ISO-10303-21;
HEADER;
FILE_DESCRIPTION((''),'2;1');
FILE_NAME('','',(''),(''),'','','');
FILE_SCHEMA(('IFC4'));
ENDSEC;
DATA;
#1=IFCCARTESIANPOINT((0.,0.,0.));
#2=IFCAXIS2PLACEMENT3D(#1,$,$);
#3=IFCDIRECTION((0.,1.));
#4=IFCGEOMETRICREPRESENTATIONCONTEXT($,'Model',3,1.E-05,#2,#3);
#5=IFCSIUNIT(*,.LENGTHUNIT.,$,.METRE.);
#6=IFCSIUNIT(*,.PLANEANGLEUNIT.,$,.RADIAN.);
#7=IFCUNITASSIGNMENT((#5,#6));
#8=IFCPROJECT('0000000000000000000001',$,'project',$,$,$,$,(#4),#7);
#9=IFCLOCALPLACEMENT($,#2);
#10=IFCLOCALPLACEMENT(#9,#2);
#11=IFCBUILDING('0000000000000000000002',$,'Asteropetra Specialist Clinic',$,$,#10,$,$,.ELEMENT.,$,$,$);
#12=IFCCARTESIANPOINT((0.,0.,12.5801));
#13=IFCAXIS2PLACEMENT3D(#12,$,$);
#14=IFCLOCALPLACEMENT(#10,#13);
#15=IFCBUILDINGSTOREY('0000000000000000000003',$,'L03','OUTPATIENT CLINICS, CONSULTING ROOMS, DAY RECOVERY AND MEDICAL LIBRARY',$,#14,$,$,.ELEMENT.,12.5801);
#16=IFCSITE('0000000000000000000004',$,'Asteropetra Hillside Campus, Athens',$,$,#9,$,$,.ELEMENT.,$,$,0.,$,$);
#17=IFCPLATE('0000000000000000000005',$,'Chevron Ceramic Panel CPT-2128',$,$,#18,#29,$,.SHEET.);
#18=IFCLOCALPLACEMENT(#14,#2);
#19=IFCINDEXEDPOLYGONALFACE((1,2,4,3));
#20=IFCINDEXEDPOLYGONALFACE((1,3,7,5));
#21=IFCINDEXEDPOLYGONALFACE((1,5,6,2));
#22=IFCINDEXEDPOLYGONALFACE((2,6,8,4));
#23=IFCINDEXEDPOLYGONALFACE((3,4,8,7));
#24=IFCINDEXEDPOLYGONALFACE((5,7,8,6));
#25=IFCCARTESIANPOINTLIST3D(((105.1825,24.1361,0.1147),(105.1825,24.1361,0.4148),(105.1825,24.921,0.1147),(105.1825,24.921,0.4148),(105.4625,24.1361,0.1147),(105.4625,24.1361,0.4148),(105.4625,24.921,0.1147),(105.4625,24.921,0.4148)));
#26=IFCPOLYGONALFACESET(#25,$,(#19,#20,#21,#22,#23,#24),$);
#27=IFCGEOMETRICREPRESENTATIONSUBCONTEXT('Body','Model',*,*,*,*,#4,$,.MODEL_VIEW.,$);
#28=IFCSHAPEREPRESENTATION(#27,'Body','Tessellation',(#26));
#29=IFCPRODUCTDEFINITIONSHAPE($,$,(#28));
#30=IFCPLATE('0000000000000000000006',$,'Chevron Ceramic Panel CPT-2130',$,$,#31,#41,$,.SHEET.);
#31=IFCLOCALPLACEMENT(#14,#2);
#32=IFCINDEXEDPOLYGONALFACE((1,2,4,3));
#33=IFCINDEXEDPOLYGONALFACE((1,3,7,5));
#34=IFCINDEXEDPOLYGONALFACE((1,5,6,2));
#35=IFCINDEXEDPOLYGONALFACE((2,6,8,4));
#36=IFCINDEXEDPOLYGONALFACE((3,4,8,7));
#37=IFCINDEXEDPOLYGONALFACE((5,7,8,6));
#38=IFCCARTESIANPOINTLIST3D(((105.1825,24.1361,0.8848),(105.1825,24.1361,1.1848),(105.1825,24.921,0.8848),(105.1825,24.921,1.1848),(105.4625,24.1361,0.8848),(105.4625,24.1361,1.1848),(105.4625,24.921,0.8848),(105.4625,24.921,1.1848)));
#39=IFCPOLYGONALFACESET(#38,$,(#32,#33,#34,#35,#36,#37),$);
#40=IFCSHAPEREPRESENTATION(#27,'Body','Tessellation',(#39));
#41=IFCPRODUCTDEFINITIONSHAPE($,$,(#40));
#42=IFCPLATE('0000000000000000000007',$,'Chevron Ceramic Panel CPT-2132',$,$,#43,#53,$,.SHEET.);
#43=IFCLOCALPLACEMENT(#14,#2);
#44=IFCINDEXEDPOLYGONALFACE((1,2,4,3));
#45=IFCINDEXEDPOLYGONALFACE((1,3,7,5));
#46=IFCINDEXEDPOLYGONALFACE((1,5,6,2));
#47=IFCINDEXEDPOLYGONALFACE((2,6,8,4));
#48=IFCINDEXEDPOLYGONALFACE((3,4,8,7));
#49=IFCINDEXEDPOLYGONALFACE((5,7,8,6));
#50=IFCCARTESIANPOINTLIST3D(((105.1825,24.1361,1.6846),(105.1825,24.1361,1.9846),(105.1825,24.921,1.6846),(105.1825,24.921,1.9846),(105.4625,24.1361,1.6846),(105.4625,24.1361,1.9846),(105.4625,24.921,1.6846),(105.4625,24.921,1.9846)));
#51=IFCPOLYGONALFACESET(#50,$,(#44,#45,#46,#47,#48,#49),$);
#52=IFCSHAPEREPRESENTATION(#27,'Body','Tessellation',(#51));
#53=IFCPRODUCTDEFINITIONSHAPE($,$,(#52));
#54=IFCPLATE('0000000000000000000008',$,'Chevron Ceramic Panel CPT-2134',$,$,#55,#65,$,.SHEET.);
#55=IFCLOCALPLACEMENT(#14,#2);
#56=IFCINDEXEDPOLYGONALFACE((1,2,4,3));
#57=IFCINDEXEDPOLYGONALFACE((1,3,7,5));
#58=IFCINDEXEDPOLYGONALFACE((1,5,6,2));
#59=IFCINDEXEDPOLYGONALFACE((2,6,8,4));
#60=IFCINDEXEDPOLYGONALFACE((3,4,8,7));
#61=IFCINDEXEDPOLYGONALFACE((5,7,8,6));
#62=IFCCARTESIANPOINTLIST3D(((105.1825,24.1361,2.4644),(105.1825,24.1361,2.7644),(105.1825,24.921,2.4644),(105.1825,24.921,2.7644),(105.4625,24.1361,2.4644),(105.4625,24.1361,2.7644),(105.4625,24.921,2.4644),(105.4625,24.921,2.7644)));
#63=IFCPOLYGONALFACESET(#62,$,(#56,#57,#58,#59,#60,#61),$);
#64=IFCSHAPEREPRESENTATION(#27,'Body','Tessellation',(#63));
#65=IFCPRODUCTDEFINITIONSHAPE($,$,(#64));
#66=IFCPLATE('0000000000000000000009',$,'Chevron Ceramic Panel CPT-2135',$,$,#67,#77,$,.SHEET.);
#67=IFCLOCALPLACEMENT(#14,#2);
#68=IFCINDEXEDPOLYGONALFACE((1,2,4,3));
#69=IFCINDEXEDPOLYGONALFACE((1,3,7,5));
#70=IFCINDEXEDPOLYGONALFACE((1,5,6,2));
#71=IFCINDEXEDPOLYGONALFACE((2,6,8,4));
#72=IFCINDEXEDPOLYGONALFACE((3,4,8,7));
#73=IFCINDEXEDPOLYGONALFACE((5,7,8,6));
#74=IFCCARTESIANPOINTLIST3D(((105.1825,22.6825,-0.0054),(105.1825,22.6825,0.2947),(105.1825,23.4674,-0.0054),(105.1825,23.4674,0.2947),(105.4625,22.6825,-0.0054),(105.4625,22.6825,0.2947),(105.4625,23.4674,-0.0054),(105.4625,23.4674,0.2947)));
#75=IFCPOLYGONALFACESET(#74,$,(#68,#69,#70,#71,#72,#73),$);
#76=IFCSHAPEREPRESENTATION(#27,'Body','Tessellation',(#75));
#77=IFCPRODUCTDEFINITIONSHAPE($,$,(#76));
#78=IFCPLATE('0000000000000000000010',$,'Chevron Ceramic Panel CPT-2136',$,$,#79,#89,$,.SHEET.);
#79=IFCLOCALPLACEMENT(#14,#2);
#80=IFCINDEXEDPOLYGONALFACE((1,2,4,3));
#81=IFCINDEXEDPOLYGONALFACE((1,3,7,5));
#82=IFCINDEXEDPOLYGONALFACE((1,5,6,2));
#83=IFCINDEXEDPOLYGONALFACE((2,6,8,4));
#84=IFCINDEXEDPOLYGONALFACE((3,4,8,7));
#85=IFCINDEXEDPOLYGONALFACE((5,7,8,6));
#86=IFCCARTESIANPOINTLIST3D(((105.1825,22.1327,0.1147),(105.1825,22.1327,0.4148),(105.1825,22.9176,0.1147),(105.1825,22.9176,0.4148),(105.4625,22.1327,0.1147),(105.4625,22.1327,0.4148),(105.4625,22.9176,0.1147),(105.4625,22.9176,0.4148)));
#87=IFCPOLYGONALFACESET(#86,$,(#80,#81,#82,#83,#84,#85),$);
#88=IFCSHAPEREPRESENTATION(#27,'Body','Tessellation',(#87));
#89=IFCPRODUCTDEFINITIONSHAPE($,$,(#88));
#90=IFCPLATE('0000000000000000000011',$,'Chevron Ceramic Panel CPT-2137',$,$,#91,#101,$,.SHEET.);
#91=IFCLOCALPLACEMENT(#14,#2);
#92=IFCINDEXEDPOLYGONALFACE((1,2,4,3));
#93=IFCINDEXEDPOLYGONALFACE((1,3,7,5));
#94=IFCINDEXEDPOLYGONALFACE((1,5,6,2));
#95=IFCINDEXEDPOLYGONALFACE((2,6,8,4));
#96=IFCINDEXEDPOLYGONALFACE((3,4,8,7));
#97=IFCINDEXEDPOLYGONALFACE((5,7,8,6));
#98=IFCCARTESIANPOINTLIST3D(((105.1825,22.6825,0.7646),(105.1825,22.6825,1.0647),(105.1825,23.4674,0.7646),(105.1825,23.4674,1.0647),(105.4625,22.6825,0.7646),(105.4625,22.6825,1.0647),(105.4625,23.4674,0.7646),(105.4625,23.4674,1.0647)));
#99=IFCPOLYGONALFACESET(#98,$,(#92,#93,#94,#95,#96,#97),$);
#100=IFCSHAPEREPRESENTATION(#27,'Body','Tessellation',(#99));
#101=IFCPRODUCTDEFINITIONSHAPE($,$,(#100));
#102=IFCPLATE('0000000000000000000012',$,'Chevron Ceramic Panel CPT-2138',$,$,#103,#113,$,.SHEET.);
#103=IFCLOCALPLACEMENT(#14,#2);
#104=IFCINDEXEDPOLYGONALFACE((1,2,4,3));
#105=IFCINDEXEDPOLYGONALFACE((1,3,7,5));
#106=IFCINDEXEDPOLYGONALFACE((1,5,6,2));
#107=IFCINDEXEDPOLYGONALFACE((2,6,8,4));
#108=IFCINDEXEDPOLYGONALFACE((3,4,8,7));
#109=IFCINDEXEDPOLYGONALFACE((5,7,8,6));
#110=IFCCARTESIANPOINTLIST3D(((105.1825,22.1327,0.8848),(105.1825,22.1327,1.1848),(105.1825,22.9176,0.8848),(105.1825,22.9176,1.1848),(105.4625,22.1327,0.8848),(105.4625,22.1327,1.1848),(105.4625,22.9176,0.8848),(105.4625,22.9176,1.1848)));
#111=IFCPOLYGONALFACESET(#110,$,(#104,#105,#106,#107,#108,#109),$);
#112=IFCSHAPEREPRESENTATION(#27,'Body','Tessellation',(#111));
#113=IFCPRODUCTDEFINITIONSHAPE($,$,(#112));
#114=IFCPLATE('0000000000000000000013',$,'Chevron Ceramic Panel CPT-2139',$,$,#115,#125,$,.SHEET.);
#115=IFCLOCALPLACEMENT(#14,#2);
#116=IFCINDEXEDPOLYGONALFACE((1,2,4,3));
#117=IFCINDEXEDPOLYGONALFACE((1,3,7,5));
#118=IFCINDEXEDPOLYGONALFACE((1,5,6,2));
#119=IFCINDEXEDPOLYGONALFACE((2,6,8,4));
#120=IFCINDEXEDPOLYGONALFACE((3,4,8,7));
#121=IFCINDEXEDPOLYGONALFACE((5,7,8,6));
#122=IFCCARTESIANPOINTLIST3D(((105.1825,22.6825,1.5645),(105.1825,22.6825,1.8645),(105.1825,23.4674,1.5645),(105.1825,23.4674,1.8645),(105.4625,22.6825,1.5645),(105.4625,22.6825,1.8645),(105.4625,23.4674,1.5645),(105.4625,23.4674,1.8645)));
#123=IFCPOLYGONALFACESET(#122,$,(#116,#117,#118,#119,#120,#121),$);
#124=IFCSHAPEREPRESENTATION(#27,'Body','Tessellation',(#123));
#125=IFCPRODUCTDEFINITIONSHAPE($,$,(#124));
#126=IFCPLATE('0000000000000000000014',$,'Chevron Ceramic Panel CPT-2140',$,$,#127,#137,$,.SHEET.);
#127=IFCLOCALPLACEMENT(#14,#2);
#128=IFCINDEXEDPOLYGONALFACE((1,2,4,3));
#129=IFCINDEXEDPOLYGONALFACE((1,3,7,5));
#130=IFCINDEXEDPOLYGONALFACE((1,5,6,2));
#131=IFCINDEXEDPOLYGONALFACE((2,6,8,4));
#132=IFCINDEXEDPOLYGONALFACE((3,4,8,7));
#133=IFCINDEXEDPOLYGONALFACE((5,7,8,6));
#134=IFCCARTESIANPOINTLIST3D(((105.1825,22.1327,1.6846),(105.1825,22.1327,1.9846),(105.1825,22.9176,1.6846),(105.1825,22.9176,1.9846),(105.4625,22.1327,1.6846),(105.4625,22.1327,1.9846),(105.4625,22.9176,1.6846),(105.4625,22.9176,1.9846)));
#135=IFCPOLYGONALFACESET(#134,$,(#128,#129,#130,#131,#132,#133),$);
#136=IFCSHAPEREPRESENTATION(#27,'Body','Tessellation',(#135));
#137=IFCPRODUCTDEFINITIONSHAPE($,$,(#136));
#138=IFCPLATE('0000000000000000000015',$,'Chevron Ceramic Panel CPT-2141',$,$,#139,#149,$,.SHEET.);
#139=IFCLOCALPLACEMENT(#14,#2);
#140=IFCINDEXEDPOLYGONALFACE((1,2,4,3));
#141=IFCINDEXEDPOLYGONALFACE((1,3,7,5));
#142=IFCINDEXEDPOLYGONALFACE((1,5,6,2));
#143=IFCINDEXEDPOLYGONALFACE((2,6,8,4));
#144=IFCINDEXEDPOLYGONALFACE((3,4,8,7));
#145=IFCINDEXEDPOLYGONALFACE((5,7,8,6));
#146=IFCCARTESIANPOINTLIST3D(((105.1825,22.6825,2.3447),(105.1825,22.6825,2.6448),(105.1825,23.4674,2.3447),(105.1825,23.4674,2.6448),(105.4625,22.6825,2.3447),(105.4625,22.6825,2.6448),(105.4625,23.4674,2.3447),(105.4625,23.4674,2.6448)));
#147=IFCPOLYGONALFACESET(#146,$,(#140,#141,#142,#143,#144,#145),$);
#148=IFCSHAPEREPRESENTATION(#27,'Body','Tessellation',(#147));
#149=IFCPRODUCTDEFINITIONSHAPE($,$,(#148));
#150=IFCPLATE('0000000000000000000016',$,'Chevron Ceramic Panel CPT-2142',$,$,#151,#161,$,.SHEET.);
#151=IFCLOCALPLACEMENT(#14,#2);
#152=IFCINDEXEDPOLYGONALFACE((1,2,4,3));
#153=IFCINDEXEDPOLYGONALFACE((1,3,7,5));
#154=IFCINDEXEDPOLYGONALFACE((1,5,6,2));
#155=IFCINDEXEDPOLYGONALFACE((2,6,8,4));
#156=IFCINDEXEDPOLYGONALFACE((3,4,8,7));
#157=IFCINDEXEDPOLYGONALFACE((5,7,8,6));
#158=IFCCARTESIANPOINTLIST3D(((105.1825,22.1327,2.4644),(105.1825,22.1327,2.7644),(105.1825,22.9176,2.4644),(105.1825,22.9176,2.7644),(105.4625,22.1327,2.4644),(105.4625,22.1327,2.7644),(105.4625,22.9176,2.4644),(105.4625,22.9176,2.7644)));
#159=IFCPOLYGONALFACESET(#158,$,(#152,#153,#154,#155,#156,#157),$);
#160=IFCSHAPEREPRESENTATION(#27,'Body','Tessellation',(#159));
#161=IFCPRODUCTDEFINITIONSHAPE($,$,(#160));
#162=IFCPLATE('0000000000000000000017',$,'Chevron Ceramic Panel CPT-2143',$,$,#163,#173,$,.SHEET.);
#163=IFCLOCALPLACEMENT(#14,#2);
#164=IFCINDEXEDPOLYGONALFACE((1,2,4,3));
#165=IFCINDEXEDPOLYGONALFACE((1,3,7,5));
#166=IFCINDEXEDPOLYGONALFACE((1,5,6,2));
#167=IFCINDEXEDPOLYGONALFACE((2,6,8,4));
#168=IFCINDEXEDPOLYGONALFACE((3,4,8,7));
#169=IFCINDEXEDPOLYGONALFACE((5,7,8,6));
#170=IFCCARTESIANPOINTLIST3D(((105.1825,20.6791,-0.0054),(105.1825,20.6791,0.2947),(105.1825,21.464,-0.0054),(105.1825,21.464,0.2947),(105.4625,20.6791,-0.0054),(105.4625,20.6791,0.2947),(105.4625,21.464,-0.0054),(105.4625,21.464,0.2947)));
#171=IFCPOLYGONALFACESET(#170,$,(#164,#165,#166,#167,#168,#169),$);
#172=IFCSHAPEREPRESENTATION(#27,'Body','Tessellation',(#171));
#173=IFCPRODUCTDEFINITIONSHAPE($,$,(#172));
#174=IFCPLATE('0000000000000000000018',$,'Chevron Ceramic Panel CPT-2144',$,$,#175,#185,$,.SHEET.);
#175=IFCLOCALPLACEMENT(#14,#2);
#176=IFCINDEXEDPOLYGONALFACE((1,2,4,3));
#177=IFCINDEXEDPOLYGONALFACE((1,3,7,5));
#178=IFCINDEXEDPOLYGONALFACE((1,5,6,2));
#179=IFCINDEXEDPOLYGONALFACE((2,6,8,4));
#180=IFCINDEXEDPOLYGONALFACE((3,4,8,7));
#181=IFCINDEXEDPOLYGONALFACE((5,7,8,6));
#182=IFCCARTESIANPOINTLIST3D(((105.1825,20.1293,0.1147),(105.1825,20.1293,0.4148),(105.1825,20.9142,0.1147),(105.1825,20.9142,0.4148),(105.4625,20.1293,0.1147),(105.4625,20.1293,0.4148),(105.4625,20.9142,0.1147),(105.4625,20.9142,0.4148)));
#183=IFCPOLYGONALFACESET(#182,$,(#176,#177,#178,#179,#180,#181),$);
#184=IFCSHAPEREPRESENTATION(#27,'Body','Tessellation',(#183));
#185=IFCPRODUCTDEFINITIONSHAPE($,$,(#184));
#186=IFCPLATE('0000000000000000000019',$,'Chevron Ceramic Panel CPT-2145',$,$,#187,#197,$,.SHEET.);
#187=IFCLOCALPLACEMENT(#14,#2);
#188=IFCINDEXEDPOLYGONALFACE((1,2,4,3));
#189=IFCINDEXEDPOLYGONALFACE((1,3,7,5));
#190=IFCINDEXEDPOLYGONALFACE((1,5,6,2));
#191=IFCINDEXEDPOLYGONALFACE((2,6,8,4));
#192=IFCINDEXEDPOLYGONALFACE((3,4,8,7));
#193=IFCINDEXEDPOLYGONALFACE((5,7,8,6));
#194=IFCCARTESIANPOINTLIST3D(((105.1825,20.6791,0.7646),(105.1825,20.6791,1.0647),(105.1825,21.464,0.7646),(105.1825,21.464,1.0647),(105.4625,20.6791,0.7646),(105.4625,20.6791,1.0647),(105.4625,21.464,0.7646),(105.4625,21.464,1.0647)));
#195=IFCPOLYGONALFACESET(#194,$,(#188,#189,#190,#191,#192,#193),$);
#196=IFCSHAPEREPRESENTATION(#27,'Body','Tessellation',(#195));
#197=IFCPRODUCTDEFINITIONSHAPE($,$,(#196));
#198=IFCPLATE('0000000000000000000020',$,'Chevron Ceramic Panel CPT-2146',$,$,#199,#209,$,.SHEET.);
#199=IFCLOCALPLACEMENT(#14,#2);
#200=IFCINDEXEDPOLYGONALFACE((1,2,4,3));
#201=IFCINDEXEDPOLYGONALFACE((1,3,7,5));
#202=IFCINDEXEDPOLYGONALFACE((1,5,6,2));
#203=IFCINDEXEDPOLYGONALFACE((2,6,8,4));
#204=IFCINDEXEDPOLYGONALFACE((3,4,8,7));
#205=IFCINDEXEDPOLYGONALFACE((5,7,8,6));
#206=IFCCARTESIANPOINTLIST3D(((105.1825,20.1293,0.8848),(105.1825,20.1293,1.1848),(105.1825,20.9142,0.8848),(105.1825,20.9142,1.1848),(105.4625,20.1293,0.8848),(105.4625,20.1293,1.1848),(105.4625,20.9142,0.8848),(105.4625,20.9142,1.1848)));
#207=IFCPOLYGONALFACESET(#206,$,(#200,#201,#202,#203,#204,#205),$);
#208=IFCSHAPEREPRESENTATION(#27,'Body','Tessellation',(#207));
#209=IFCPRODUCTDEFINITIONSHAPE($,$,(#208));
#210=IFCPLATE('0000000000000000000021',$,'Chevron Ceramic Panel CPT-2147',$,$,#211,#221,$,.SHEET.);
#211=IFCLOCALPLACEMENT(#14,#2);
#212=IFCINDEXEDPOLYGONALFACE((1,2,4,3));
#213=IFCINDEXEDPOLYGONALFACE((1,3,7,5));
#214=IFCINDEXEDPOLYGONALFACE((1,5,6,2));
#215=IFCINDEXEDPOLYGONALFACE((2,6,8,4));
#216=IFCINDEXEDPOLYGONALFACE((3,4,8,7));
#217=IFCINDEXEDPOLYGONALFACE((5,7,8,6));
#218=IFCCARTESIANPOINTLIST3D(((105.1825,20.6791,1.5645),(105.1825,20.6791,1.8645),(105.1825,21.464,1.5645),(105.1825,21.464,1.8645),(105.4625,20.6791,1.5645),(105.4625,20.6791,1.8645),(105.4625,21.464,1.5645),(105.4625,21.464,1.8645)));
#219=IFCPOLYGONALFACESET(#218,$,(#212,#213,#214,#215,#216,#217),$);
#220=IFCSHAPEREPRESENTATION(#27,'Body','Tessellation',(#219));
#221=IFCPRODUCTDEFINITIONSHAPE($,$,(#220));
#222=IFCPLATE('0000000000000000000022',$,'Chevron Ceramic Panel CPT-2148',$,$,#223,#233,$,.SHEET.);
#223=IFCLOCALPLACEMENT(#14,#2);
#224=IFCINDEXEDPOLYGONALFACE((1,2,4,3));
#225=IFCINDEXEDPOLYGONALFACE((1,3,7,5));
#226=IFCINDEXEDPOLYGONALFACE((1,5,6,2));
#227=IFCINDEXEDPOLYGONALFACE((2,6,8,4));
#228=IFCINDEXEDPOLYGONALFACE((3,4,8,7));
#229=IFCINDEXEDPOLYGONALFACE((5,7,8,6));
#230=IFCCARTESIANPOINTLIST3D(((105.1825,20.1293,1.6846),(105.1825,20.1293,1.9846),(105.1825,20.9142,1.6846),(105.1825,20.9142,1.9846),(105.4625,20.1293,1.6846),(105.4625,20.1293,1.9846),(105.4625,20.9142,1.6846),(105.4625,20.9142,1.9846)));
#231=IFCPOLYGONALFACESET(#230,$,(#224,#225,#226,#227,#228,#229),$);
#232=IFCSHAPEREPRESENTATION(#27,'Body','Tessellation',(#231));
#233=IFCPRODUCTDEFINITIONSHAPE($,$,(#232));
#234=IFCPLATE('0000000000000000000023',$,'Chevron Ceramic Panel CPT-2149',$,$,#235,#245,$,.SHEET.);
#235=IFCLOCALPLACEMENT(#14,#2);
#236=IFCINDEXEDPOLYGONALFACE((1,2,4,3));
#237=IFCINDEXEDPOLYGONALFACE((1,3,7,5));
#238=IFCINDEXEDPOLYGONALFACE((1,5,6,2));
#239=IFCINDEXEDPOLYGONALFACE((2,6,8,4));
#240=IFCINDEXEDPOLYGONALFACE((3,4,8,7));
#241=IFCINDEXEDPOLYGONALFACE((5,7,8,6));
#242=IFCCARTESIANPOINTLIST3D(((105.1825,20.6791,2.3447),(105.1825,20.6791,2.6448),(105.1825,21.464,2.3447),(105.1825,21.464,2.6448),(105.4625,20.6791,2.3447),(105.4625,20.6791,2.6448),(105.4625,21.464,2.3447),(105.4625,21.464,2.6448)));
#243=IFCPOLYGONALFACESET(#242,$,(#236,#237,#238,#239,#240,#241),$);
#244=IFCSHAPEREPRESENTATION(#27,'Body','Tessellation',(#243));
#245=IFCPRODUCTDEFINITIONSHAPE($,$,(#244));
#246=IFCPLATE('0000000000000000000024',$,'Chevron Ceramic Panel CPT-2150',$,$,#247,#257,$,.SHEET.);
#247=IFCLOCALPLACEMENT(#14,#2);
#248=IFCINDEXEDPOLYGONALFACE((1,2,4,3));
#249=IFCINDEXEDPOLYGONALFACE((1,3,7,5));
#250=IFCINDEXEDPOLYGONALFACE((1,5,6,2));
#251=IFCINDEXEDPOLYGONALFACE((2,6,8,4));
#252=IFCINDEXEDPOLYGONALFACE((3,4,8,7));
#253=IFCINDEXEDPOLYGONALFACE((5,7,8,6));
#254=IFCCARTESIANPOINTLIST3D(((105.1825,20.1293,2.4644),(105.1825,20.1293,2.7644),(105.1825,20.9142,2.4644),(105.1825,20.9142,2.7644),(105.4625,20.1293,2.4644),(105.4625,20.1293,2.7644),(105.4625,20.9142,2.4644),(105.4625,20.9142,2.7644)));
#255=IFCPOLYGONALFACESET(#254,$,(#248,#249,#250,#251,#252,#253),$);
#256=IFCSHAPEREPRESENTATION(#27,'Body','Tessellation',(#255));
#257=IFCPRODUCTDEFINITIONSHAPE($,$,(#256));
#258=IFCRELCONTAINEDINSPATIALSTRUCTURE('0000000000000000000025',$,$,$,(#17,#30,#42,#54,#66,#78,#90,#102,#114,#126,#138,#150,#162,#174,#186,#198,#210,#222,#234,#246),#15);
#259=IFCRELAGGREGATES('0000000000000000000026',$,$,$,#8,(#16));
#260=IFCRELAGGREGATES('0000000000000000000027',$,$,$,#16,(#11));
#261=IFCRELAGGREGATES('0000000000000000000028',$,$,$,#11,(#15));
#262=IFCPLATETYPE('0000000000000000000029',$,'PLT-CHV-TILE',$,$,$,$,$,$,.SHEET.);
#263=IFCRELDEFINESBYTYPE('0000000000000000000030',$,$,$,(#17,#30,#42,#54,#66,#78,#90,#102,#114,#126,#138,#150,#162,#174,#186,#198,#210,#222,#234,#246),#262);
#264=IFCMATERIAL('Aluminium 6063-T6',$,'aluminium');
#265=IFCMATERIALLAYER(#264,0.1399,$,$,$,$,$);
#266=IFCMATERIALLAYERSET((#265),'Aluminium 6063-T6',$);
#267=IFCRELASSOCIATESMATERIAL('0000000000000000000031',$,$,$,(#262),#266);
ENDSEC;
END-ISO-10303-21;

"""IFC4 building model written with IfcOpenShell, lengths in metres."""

from ifc_helpers import new_model, si_unit, direction, frame, origin, origin_2d, place, context, subcontext, project, spatial, rectangle, extrude, material, layer, layer_set, type_object, element, save


model = new_model("IFC4")

# Units and contexts
model_context = context("Model", 3, precision=1e-05, world=origin(), true_north=direction((0.0, 1.0)))
body_context = subcontext(model_context, "Body", "Model", "MODEL_VIEW")
ifc_project = project(units=[si_unit("LENGTHUNIT", "METRE"), si_unit("PLANEANGLEUNIT", "RADIAN")], contexts=[model_context])

# Site, building, storey
site_placement = place(None, origin())
site = spatial("IfcSite", under=ifc_project, at=site_placement, Name="Asteropetra Hillside Campus, Athens", CompositionType="ELEMENT", RefElevation=0.0)
building_placement = place(site_placement, origin())
building = spatial("IfcBuilding", under=site, at=building_placement, Name="Asteropetra Specialist Clinic", CompositionType="ELEMENT")
storey_placement = place(building_placement, frame((0.0, 0.0, 12.5801)))
storey = spatial("IfcBuildingStorey", under=building, at=storey_placement, Name="L03", Description="OUTPATIENT CLINICS, CONSULTING ROOMS, DAY RECOVERY AND MEDICAL LIBRARY", CompositionType="ELEMENT", Elevation=12.5801)

# Plates
ifc_material_1 = material(Name="Aluminium 6063-T6", Category="aluminium")
ifc_layer = layer(ifc_material_1, 0.1399)
ifc_layer_set = layer_set([ifc_layer], Name="Aluminium 6063-T6")
plate_type_1 = type_object("IfcPlateType", Name="PLT-CHV-TILE", PredefinedType="SHEET", material=ifc_layer_set)
for number, where, z_axis, x_axis, name in (
    (1, (105.3225, 24.5286, 0.1147), (0.0, 0.0, 1.0), (1.0, 0.0, 0.0), "Chevron Ceramic Panel CPT-2128"),
    (2, (105.3225, 24.5286, 0.8848), (0.0, 0.0, 1.0), (1.0, 0.0, 0.0), "Chevron Ceramic Panel CPT-2130"),
    (3, (105.3225, 24.5286, 1.6846), (0.0, 0.0, 1.0), (1.0, 0.0, 0.0), "Chevron Ceramic Panel CPT-2132"),
    (4, (105.3225, 24.5286, 2.4644), (0.0, 0.0, 1.0), (1.0, 0.0, 0.0), "Chevron Ceramic Panel CPT-2134"),
    (5, (105.3225, 23.075, -0.0054), (0.0, 0.0, 1.0), (1.0, 0.0, 0.0), "Chevron Ceramic Panel CPT-2135"),
    (6, (105.3225, 22.5251, 0.1147), (0.0, 0.0, 1.0), (1.0, 0.0, 0.0), "Chevron Ceramic Panel CPT-2136"),
    (7, (105.3225, 23.075, 0.7646), (0.0, 0.0, 1.0), (1.0, 0.0, 0.0), "Chevron Ceramic Panel CPT-2137"),
    (8, (105.3225, 22.5251, 0.8848), (0.0, 0.0, 1.0), (1.0, 0.0, 0.0), "Chevron Ceramic Panel CPT-2138"),
    (9, (105.3225, 23.075, 1.5645), (0.0, 0.0, 1.0), (1.0, 0.0, 0.0), "Chevron Ceramic Panel CPT-2139"),
    (10, (105.3225, 22.5251, 1.6846), (0.0, 0.0, 1.0), (1.0, 0.0, 0.0), "Chevron Ceramic Panel CPT-2140"),
    (11, (105.3225, 23.075, 2.3447), (0.0, 0.0, 1.0), (1.0, 0.0, 0.0), "Chevron Ceramic Panel CPT-2141"),
    (12, (105.3225, 22.5251, 2.4644), (0.0, 0.0, 1.0), (1.0, 0.0, 0.0), "Chevron Ceramic Panel CPT-2142"),
    (13, (105.3225, 21.0715, -0.0054), (0.0, 0.0, 1.0), (1.0, 0.0, 0.0), "Chevron Ceramic Panel CPT-2143"),
    (14, (105.3225, 20.5217, 0.1147), (0.0, 0.0, 1.0), (1.0, 0.0, 0.0), "Chevron Ceramic Panel CPT-2144"),
    (15, (105.3225, 21.0715, 0.7646), (0.0, 0.0, 1.0), (1.0, 0.0, 0.0), "Chevron Ceramic Panel CPT-2145"),
    (16, (105.3225, 20.5217, 0.8848), (0.0, 0.0, 1.0), (1.0, 0.0, 0.0), "Chevron Ceramic Panel CPT-2146"),
    (17, (105.3225, 21.0715, 1.5645), (0.0, 0.0, 1.0), (1.0, 0.0, 0.0), "Chevron Ceramic Panel CPT-2147"),
    (18, (105.3225, 20.5217, 1.6846), (0.0, 0.0, 1.0), (1.0, 0.0, 0.0), "Chevron Ceramic Panel CPT-2148"),
    (19, (105.3225, 21.0715, 2.3447), (0.0, 0.0, 1.0), (1.0, 0.0, 0.0), "Chevron Ceramic Panel CPT-2149"),
    (20, (105.3225, 20.5217, 2.4644), (0.0, 0.0, 1.0), (1.0, 0.0, 0.0), "Chevron Ceramic Panel CPT-2150"),
):
    element("IfcPlate", number, at=place(storey_placement, frame(where, z_axis=z_axis, x_axis=x_axis)), inside=storey, type_object=plate_type_1, Name=name, PredefinedType="SHEET", context=body_context, shape_type="SweptSolid", body=[
        extrude(rectangle(XDim=0.28, YDim=0.7849, at=origin_2d()), origin(), (0.0, 0.0, 1.0), 0.3),
    ])

save(model, "model.ifc")
